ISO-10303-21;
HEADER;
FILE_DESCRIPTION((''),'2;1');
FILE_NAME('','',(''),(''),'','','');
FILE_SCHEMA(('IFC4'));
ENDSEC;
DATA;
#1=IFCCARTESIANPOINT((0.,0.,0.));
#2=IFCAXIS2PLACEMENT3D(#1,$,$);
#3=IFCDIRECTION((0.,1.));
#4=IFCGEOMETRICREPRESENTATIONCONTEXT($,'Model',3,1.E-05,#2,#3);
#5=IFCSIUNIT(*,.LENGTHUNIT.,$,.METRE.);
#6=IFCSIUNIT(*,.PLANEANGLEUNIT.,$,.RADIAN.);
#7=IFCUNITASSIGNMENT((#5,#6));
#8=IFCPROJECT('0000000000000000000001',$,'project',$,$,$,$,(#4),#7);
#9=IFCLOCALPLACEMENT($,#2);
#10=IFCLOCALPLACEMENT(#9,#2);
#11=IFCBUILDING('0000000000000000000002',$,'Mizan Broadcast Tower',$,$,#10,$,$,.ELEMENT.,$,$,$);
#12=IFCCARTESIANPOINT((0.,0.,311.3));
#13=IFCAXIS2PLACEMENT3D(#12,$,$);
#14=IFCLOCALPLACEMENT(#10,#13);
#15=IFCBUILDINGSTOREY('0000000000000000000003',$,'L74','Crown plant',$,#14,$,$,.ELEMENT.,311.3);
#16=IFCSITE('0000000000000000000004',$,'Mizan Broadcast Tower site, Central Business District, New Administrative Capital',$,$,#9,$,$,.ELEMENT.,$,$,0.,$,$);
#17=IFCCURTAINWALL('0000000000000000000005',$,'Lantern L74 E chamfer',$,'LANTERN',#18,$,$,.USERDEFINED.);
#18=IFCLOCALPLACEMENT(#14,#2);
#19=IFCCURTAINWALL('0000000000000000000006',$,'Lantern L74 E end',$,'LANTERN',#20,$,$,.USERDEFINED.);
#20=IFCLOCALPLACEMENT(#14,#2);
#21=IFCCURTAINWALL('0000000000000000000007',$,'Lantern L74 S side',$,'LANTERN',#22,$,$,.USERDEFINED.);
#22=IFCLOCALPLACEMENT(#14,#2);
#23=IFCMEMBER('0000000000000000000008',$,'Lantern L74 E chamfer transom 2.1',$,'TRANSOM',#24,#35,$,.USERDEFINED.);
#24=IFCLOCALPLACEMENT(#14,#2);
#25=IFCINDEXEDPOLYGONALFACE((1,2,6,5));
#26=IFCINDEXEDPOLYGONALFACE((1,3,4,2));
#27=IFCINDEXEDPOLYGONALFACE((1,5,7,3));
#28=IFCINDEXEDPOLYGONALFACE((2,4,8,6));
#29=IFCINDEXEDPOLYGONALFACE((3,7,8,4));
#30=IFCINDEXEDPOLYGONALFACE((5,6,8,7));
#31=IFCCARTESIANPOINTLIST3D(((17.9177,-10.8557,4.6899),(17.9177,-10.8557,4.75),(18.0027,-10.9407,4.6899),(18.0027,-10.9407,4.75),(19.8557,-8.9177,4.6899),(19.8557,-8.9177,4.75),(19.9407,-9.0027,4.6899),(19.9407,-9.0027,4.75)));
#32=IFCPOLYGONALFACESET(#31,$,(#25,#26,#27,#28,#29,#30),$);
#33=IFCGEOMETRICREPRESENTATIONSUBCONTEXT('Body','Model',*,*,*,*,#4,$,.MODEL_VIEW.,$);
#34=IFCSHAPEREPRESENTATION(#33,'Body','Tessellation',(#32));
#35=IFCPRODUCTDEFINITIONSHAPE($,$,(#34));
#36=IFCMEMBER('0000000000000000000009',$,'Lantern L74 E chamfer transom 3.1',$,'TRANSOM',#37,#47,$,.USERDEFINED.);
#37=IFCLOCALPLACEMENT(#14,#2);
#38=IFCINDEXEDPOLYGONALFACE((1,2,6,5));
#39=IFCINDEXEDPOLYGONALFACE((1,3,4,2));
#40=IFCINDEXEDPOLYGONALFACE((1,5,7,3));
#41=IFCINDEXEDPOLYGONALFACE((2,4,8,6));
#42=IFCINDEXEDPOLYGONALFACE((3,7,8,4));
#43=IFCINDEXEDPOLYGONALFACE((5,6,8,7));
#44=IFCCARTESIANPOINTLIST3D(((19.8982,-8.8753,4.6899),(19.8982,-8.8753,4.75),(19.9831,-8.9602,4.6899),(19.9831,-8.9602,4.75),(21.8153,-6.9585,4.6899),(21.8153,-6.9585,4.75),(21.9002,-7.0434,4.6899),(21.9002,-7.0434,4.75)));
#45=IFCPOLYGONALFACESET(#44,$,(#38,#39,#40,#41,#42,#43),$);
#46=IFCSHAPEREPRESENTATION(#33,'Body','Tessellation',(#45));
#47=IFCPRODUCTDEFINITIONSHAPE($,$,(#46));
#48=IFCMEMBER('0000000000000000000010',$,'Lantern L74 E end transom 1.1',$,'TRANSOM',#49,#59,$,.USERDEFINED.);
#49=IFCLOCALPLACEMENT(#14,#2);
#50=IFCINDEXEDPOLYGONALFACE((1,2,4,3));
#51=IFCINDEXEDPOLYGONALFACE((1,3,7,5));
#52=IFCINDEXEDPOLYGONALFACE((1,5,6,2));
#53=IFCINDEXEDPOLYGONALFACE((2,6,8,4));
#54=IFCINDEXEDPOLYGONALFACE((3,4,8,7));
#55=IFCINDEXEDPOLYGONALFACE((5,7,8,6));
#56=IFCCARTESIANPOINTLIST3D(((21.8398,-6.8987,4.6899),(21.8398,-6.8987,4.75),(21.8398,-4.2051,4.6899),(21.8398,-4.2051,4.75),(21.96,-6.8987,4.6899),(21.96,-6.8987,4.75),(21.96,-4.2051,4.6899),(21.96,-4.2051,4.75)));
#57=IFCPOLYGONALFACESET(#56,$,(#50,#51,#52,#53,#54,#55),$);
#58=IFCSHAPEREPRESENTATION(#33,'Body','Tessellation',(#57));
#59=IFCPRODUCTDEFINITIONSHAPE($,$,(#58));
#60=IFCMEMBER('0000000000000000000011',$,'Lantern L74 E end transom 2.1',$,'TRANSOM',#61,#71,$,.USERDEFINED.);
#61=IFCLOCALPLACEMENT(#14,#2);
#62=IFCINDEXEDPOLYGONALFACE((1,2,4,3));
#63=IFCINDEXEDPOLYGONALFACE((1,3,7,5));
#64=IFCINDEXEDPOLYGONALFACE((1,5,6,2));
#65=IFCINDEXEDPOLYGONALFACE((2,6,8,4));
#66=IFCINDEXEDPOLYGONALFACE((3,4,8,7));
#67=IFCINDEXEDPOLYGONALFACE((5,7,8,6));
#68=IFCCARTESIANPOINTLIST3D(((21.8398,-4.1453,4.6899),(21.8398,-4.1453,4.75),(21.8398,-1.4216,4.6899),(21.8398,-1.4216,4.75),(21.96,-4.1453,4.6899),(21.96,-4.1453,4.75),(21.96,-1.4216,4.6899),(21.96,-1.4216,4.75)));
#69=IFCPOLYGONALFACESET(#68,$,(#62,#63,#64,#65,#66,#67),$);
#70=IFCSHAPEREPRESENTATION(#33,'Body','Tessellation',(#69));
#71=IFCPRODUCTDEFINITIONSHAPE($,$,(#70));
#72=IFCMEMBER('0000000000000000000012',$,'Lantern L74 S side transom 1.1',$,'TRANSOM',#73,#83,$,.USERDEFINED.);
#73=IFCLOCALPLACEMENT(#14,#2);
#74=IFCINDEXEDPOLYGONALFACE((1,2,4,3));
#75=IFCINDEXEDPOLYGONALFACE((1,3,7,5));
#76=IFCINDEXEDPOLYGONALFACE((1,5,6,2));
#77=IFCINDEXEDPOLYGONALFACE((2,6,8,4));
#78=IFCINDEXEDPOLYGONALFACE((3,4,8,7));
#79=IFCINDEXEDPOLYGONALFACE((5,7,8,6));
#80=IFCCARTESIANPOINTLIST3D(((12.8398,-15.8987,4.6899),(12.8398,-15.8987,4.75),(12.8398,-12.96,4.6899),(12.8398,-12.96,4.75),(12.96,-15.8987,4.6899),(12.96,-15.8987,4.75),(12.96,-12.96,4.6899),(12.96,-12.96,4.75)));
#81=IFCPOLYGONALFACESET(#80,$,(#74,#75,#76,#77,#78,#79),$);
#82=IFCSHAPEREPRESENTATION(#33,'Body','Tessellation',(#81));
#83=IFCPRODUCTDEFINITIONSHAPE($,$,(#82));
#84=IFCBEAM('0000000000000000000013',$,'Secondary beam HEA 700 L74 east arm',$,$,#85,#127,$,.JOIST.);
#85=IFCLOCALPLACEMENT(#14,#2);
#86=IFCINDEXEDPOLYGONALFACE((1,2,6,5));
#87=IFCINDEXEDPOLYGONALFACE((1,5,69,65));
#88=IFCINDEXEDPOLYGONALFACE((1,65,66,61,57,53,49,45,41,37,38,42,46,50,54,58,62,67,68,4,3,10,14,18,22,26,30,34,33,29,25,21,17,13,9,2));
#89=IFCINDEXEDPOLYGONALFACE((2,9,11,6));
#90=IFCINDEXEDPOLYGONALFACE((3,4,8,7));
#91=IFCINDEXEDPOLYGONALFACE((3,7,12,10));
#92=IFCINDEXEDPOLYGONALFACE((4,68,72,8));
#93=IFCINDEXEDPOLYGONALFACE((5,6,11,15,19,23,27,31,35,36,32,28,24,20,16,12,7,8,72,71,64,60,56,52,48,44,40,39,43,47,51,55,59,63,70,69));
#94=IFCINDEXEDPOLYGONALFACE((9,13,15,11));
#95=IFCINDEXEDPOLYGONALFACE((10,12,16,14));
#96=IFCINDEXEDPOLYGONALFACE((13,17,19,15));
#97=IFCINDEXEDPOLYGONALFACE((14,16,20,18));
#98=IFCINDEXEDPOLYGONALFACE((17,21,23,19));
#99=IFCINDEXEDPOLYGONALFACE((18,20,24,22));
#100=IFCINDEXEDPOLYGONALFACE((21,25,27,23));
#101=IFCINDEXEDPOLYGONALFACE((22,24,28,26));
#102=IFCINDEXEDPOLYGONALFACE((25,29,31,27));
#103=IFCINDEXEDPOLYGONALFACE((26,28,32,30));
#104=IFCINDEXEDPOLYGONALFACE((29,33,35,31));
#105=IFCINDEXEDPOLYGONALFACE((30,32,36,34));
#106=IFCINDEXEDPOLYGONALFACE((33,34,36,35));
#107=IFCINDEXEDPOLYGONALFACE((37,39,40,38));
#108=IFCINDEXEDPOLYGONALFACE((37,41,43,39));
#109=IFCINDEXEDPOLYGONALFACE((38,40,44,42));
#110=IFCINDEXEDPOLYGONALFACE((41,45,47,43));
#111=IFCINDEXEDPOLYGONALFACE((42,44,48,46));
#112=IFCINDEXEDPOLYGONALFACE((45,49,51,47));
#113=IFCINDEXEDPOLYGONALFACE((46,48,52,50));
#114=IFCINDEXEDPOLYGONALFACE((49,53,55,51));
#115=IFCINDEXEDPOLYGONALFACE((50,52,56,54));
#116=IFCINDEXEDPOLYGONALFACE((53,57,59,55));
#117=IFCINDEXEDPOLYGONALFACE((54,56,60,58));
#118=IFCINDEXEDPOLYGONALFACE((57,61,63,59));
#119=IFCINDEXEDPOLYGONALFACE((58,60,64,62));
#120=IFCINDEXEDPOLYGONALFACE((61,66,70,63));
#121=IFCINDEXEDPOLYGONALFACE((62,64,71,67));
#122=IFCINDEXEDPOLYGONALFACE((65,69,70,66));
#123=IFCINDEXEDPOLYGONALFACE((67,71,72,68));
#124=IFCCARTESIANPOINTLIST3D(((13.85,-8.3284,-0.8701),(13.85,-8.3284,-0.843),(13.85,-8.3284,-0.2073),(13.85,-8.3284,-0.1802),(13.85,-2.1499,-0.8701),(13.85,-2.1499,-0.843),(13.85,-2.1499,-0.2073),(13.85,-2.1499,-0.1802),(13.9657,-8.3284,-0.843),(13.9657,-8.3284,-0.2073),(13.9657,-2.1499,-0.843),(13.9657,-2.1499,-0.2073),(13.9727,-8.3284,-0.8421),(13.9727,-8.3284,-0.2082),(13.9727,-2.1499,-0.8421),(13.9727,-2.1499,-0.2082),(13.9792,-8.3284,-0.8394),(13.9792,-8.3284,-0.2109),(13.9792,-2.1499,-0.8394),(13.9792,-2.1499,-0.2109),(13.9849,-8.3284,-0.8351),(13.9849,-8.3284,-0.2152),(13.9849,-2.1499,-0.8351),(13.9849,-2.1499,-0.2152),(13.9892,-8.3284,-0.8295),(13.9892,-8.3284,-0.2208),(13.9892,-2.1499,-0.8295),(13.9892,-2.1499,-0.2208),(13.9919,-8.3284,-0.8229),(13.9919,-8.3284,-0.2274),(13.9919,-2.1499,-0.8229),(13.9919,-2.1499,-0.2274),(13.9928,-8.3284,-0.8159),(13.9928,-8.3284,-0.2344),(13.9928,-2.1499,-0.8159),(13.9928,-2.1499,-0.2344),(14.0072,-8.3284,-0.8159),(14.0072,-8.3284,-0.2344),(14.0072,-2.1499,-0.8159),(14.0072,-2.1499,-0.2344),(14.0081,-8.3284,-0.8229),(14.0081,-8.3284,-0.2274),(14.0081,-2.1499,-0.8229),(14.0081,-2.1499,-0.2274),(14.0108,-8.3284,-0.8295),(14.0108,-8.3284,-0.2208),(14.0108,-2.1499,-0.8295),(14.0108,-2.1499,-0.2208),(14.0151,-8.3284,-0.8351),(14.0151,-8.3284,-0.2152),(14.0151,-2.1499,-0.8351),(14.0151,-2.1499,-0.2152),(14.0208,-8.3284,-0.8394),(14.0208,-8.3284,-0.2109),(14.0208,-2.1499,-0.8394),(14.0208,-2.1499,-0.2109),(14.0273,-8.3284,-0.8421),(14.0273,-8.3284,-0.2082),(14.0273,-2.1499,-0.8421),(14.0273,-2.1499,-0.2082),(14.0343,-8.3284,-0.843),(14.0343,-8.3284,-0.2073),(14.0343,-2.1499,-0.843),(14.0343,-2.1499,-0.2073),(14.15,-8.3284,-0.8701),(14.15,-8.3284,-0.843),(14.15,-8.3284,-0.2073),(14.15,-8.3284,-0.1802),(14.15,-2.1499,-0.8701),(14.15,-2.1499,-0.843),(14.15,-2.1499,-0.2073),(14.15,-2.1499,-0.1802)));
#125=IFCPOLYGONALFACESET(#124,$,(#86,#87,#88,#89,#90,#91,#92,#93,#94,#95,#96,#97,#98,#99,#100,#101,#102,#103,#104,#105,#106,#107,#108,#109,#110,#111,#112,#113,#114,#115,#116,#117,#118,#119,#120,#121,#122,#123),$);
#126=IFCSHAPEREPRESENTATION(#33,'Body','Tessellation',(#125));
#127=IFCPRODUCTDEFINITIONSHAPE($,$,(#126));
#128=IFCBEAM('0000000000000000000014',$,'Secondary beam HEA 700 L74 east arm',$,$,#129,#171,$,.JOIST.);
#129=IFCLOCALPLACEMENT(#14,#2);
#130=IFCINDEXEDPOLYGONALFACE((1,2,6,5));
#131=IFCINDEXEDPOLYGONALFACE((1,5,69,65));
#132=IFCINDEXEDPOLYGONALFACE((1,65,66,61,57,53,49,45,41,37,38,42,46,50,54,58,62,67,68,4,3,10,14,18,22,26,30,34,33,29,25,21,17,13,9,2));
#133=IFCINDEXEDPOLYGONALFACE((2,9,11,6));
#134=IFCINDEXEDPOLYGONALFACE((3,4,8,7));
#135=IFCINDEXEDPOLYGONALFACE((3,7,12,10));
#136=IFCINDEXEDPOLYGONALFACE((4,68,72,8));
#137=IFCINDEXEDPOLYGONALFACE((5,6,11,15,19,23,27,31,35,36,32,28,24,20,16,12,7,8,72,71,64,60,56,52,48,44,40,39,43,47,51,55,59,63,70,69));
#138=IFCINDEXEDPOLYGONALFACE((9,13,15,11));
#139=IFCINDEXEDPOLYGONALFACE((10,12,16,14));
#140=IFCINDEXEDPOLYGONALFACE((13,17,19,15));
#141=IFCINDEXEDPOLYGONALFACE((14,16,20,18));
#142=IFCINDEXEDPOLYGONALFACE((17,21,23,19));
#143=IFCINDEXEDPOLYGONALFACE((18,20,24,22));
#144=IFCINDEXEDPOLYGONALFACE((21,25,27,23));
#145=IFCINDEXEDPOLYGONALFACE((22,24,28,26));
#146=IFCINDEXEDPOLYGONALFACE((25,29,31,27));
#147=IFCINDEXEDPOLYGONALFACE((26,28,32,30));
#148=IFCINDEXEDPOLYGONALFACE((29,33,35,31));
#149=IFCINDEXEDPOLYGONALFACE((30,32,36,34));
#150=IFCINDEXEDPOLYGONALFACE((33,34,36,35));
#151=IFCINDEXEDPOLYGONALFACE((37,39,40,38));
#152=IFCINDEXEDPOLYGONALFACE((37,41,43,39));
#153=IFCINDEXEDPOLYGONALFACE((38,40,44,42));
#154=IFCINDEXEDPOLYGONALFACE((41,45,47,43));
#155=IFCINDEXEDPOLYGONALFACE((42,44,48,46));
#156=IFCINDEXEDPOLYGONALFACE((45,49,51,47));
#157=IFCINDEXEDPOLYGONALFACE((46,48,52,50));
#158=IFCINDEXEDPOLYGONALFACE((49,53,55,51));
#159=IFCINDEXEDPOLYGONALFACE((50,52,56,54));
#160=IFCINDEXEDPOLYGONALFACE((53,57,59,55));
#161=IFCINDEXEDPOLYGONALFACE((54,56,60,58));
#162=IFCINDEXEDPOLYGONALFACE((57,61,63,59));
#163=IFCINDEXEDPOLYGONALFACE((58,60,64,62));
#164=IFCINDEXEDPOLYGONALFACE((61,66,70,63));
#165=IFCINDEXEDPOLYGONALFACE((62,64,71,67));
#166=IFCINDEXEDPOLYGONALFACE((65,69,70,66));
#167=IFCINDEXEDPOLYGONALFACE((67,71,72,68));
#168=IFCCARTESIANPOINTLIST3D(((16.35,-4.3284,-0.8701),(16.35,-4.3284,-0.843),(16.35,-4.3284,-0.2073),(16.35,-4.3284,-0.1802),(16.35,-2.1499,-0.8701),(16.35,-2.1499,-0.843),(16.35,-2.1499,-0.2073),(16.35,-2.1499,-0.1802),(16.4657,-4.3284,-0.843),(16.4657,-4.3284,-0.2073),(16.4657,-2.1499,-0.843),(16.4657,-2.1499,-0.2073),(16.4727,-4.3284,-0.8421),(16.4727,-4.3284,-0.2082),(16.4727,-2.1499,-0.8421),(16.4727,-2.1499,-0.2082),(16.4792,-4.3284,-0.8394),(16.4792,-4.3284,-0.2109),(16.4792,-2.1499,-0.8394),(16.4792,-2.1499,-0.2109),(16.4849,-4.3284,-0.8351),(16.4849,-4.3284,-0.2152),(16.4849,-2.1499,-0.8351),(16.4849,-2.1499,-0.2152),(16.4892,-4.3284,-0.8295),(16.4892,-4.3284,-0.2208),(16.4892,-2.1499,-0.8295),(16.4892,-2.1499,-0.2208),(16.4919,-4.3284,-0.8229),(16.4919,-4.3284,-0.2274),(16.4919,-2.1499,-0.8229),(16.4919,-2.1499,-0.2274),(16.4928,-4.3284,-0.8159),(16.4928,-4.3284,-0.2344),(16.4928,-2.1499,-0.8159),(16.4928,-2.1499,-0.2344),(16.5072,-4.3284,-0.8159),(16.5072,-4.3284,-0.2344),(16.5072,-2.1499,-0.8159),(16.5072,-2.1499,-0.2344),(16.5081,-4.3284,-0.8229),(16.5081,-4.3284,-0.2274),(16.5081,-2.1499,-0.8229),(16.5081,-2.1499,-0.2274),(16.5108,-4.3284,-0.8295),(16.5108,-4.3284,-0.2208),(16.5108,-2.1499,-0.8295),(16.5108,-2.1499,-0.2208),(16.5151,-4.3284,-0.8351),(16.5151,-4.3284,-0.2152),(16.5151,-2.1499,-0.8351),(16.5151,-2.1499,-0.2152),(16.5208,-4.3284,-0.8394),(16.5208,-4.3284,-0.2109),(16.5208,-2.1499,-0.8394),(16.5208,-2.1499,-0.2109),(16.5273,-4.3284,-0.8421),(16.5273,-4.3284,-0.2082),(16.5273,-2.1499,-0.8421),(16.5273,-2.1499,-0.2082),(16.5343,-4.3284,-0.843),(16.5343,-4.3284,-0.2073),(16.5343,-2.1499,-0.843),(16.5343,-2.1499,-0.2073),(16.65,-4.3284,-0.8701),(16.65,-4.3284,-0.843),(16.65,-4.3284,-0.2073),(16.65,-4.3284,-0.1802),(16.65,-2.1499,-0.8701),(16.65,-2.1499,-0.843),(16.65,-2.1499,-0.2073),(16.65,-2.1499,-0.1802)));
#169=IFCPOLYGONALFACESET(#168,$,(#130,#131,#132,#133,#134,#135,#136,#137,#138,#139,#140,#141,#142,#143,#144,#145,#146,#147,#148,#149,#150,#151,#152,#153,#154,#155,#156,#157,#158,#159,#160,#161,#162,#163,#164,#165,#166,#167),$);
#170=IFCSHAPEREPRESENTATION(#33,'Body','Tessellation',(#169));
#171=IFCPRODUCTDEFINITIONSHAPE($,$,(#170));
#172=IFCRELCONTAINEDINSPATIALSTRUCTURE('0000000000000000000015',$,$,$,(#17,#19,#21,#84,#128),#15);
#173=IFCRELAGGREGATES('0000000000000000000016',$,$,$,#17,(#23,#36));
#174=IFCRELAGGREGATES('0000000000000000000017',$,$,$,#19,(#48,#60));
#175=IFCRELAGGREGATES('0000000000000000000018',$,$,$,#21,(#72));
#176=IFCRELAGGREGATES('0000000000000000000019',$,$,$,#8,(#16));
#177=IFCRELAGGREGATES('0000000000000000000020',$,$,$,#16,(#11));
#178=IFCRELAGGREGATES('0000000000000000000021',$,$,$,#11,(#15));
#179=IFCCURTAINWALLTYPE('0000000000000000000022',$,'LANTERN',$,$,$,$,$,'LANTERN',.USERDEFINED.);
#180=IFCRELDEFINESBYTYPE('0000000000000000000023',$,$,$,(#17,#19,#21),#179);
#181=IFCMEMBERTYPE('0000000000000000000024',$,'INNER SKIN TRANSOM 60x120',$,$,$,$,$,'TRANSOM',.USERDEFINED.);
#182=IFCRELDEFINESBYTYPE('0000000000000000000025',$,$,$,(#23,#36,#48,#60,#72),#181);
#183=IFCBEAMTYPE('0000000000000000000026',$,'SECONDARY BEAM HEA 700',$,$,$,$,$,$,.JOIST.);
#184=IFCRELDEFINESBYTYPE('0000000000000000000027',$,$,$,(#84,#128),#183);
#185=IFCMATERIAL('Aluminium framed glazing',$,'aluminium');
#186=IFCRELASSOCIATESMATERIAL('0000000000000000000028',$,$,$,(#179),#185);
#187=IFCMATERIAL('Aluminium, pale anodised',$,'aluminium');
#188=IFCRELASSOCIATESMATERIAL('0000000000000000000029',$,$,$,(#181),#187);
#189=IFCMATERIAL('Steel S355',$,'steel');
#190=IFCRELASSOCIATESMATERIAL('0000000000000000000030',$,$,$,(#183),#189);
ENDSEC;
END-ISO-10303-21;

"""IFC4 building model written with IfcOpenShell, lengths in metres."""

from ifc_helpers import new_model, si_unit, direction, frame, origin, origin_2d, place, context, subcontext, project, spatial, rectangle, i_section, extrude, material, material_profile, profile_set, type_object, element, aggregate, save


model = new_model("IFC4")

# Units and contexts
model_context = context("Model", 3, precision=1e-05, world=origin(), true_north=direction((0.0, 1.0)))
body_context = subcontext(model_context, "Body", "Model", "MODEL_VIEW")
ifc_project = project(units=[si_unit("LENGTHUNIT", "METRE"), si_unit("PLANEANGLEUNIT", "RADIAN")], contexts=[model_context])

# Site, building, storey
site_placement = place(None, origin())
site = spatial("IfcSite", under=ifc_project, at=site_placement, Name="Mizan Broadcast Tower site, Central Business District, New Administrative Capital", CompositionType="ELEMENT", RefElevation=0.0)
building_placement = place(site_placement, origin())
building = spatial("IfcBuilding", under=site, at=building_placement, Name="Mizan Broadcast Tower", CompositionType="ELEMENT")
storey_placement = place(building_placement, frame((0.0, 0.0, 311.3)))
storey = spatial("IfcBuildingStorey", under=building, at=storey_placement, Name="L74", Description="Crown plant", CompositionType="ELEMENT", Elevation=311.3)

# Shared definitions
ifc_material_1 = material(Name="Aluminium framed glazing", Category="aluminium")
curtain_wall_type = type_object("IfcCurtainWallType", Name="LANTERN", ElementType="LANTERN", PredefinedType="USERDEFINED", material=ifc_material_1)

# Curtain wall
curtain_wall_1_placement = place(storey_placement, origin())
curtain_wall_1 = element("IfcCurtainWall", 1, at=curtain_wall_1_placement, inside=storey, type_object=curtain_wall_type, Name="Lantern L74 E chamfer", ObjectType="LANTERN", PredefinedType="USERDEFINED")

# Curtain walls
curtain_wall_2_placement = place(storey_placement, origin())
curtain_wall_2 = element("IfcCurtainWall", 2, at=curtain_wall_2_placement, inside=storey, type_object=curtain_wall_type, Name="Lantern L74 E end", ObjectType="LANTERN", PredefinedType="USERDEFINED")
curtain_wall_3_placement = place(storey_placement, origin())
curtain_wall_3 = element("IfcCurtainWall", 3, at=curtain_wall_3_placement, inside=storey, type_object=curtain_wall_type, Name="Lantern L74 S side", ObjectType="LANTERN", PredefinedType="USERDEFINED")

# Members
ifc_material_2 = material(Name="Aluminium, pale anodised", Category="aluminium")
ifc_material_profile_1 = material_profile(ifc_material_2, rectangle(XDim=0.1201, YDim=0.0601, at=origin_2d()), Name="TRANSOM 120x60")
ifc_profile_set_1 = profile_set([ifc_material_profile_1], Name="Aluminium, pale anodised")
member_type_1 = type_object("IfcMemberType", Name="INNER SKIN TRANSOM 60x120", ElementType="TRANSOM", PredefinedType="USERDEFINED", material=ifc_profile_set_1)
member_1_placement = place(storey_placement, frame((17.9602, -10.8982, 4.72), z_axis=(0.707107, 0.707107, 0.0), x_axis=(-0.707107, 0.707107, 0.0)))
member_1 = element("IfcMember", 4, at=member_1_placement, type_object=member_type_1, Name="Lantern L74 E chamfer transom 2.1", ObjectType="TRANSOM", PredefinedType="USERDEFINED", context=body_context, shape_type="SweptSolid", body=[
    extrude(rectangle(XDim=0.1201, YDim=0.0601, at=origin_2d()), origin(), (0.0, 0.0, 1.0), 2.7407),
])
member_2_placement = place(storey_placement, frame((19.9407, -8.9177, 4.72), z_axis=(0.707152, 0.707062, 0.0), x_axis=(-0.707062, 0.707152, 0.0)))
member_2 = element("IfcMember", 5, at=member_2_placement, type_object=member_type_1, Name="Lantern L74 E chamfer transom 3.1", ObjectType="TRANSOM", PredefinedType="USERDEFINED", context=body_context, shape_type="SweptSolid", body=[
    extrude(rectangle(XDim=0.1201, YDim=0.0601, at=origin_2d()), origin(), (0.0, 0.0, 1.0), 2.7109),
])
member_3_placement = place(storey_placement, frame((21.8999, -6.8987, 4.72), z_axis=(0.0, 1.0, 0.0), x_axis=(-1.0, 0.0, 0.0)))
member_3 = element("IfcMember", 6, at=member_3_placement, type_object=member_type_1, Name="Lantern L74 E end transom 1.1", ObjectType="TRANSOM", PredefinedType="USERDEFINED", context=body_context, shape_type="SweptSolid", body=[
    extrude(rectangle(XDim=0.1201, YDim=0.0601, at=origin_2d()), origin(), (0.0, 0.0, 1.0), 2.6936),
])
member_4_placement = place(storey_placement, frame((21.8999, -4.1453, 4.72), z_axis=(0.0, 1.0, 0.0), x_axis=(-1.0, 0.0, 0.0)))
member_4 = element("IfcMember", 7, at=member_4_placement, type_object=member_type_1, Name="Lantern L74 E end transom 2.1", ObjectType="TRANSOM", PredefinedType="USERDEFINED", context=body_context, shape_type="SweptSolid", body=[
    extrude(rectangle(XDim=0.1201, YDim=0.0601, at=origin_2d()), origin(), (0.0, 0.0, 1.0), 2.7236),
])
member_5_placement = place(storey_placement, frame((12.8999, -15.8987, 4.72), z_axis=(0.0, 1.0, 0.0), x_axis=(-1.0, 0.0, 0.0)))
member_5 = element("IfcMember", 8, at=member_5_placement, type_object=member_type_1, Name="Lantern L74 S side transom 1.1", ObjectType="TRANSOM", PredefinedType="USERDEFINED", context=body_context, shape_type="SweptSolid", body=[
    extrude(rectangle(XDim=0.1201, YDim=0.0601, at=origin_2d()), origin(), (0.0, 0.0, 1.0), 2.9387),
])

# Beams
ifc_material_3 = material(Name="Steel S355", Category="steel")
ifc_material_profile_2 = material_profile(ifc_material_3, i_section(OverallWidth=0.3, OverallDepth=0.6899, WebThickness=0.0144, FlangeThickness=0.0271, FilletRadius=0.0271, at=origin_2d()), Name="HEA 700")
ifc_profile_set_2 = profile_set([ifc_material_profile_2], Name="Steel S355")
beam_type_1 = type_object("IfcBeamType", Name="SECONDARY BEAM HEA 700", PredefinedType="JOIST", material=ifc_profile_set_2)
beam_1_placement = place(storey_placement, frame((14.0, -8.3284, -0.5251), z_axis=(0.0, 1.0, 0.0), x_axis=(-1.0, 0.0, 0.0)))
element("IfcBeam", 9, at=beam_1_placement, inside=storey, type_object=beam_type_1, Name="Secondary beam HEA 700 L74 east arm", PredefinedType="JOIST", context=body_context, shape_type="SweptSolid", body=[
    extrude(i_section(OverallWidth=0.3, OverallDepth=0.6899, WebThickness=0.0144, FlangeThickness=0.0271, FilletRadius=0.0271, at=origin_2d()), origin(), (0.0, 0.0, 1.0), 6.1785),
])
beam_2_placement = place(storey_placement, frame((16.5, -4.3284, -0.5251), z_axis=(0.0, 1.0, 0.0), x_axis=(-1.0, 0.0, 0.0)))
element("IfcBeam", 10, at=beam_2_placement, inside=storey, type_object=beam_type_1, Name="Secondary beam HEA 700 L74 east arm", PredefinedType="JOIST", context=body_context, shape_type="SweptSolid", body=[
    extrude(i_section(OverallWidth=0.3, OverallDepth=0.6899, WebThickness=0.0144, FlangeThickness=0.0271, FilletRadius=0.0271, at=origin_2d()), origin(), (0.0, 0.0, 1.0), 2.1785),
])

aggregate(curtain_wall_1, [member_1, member_2])
aggregate(curtain_wall_2, [member_3, member_4])
aggregate(curtain_wall_3, [member_5])

save(model, "model.ifc")
